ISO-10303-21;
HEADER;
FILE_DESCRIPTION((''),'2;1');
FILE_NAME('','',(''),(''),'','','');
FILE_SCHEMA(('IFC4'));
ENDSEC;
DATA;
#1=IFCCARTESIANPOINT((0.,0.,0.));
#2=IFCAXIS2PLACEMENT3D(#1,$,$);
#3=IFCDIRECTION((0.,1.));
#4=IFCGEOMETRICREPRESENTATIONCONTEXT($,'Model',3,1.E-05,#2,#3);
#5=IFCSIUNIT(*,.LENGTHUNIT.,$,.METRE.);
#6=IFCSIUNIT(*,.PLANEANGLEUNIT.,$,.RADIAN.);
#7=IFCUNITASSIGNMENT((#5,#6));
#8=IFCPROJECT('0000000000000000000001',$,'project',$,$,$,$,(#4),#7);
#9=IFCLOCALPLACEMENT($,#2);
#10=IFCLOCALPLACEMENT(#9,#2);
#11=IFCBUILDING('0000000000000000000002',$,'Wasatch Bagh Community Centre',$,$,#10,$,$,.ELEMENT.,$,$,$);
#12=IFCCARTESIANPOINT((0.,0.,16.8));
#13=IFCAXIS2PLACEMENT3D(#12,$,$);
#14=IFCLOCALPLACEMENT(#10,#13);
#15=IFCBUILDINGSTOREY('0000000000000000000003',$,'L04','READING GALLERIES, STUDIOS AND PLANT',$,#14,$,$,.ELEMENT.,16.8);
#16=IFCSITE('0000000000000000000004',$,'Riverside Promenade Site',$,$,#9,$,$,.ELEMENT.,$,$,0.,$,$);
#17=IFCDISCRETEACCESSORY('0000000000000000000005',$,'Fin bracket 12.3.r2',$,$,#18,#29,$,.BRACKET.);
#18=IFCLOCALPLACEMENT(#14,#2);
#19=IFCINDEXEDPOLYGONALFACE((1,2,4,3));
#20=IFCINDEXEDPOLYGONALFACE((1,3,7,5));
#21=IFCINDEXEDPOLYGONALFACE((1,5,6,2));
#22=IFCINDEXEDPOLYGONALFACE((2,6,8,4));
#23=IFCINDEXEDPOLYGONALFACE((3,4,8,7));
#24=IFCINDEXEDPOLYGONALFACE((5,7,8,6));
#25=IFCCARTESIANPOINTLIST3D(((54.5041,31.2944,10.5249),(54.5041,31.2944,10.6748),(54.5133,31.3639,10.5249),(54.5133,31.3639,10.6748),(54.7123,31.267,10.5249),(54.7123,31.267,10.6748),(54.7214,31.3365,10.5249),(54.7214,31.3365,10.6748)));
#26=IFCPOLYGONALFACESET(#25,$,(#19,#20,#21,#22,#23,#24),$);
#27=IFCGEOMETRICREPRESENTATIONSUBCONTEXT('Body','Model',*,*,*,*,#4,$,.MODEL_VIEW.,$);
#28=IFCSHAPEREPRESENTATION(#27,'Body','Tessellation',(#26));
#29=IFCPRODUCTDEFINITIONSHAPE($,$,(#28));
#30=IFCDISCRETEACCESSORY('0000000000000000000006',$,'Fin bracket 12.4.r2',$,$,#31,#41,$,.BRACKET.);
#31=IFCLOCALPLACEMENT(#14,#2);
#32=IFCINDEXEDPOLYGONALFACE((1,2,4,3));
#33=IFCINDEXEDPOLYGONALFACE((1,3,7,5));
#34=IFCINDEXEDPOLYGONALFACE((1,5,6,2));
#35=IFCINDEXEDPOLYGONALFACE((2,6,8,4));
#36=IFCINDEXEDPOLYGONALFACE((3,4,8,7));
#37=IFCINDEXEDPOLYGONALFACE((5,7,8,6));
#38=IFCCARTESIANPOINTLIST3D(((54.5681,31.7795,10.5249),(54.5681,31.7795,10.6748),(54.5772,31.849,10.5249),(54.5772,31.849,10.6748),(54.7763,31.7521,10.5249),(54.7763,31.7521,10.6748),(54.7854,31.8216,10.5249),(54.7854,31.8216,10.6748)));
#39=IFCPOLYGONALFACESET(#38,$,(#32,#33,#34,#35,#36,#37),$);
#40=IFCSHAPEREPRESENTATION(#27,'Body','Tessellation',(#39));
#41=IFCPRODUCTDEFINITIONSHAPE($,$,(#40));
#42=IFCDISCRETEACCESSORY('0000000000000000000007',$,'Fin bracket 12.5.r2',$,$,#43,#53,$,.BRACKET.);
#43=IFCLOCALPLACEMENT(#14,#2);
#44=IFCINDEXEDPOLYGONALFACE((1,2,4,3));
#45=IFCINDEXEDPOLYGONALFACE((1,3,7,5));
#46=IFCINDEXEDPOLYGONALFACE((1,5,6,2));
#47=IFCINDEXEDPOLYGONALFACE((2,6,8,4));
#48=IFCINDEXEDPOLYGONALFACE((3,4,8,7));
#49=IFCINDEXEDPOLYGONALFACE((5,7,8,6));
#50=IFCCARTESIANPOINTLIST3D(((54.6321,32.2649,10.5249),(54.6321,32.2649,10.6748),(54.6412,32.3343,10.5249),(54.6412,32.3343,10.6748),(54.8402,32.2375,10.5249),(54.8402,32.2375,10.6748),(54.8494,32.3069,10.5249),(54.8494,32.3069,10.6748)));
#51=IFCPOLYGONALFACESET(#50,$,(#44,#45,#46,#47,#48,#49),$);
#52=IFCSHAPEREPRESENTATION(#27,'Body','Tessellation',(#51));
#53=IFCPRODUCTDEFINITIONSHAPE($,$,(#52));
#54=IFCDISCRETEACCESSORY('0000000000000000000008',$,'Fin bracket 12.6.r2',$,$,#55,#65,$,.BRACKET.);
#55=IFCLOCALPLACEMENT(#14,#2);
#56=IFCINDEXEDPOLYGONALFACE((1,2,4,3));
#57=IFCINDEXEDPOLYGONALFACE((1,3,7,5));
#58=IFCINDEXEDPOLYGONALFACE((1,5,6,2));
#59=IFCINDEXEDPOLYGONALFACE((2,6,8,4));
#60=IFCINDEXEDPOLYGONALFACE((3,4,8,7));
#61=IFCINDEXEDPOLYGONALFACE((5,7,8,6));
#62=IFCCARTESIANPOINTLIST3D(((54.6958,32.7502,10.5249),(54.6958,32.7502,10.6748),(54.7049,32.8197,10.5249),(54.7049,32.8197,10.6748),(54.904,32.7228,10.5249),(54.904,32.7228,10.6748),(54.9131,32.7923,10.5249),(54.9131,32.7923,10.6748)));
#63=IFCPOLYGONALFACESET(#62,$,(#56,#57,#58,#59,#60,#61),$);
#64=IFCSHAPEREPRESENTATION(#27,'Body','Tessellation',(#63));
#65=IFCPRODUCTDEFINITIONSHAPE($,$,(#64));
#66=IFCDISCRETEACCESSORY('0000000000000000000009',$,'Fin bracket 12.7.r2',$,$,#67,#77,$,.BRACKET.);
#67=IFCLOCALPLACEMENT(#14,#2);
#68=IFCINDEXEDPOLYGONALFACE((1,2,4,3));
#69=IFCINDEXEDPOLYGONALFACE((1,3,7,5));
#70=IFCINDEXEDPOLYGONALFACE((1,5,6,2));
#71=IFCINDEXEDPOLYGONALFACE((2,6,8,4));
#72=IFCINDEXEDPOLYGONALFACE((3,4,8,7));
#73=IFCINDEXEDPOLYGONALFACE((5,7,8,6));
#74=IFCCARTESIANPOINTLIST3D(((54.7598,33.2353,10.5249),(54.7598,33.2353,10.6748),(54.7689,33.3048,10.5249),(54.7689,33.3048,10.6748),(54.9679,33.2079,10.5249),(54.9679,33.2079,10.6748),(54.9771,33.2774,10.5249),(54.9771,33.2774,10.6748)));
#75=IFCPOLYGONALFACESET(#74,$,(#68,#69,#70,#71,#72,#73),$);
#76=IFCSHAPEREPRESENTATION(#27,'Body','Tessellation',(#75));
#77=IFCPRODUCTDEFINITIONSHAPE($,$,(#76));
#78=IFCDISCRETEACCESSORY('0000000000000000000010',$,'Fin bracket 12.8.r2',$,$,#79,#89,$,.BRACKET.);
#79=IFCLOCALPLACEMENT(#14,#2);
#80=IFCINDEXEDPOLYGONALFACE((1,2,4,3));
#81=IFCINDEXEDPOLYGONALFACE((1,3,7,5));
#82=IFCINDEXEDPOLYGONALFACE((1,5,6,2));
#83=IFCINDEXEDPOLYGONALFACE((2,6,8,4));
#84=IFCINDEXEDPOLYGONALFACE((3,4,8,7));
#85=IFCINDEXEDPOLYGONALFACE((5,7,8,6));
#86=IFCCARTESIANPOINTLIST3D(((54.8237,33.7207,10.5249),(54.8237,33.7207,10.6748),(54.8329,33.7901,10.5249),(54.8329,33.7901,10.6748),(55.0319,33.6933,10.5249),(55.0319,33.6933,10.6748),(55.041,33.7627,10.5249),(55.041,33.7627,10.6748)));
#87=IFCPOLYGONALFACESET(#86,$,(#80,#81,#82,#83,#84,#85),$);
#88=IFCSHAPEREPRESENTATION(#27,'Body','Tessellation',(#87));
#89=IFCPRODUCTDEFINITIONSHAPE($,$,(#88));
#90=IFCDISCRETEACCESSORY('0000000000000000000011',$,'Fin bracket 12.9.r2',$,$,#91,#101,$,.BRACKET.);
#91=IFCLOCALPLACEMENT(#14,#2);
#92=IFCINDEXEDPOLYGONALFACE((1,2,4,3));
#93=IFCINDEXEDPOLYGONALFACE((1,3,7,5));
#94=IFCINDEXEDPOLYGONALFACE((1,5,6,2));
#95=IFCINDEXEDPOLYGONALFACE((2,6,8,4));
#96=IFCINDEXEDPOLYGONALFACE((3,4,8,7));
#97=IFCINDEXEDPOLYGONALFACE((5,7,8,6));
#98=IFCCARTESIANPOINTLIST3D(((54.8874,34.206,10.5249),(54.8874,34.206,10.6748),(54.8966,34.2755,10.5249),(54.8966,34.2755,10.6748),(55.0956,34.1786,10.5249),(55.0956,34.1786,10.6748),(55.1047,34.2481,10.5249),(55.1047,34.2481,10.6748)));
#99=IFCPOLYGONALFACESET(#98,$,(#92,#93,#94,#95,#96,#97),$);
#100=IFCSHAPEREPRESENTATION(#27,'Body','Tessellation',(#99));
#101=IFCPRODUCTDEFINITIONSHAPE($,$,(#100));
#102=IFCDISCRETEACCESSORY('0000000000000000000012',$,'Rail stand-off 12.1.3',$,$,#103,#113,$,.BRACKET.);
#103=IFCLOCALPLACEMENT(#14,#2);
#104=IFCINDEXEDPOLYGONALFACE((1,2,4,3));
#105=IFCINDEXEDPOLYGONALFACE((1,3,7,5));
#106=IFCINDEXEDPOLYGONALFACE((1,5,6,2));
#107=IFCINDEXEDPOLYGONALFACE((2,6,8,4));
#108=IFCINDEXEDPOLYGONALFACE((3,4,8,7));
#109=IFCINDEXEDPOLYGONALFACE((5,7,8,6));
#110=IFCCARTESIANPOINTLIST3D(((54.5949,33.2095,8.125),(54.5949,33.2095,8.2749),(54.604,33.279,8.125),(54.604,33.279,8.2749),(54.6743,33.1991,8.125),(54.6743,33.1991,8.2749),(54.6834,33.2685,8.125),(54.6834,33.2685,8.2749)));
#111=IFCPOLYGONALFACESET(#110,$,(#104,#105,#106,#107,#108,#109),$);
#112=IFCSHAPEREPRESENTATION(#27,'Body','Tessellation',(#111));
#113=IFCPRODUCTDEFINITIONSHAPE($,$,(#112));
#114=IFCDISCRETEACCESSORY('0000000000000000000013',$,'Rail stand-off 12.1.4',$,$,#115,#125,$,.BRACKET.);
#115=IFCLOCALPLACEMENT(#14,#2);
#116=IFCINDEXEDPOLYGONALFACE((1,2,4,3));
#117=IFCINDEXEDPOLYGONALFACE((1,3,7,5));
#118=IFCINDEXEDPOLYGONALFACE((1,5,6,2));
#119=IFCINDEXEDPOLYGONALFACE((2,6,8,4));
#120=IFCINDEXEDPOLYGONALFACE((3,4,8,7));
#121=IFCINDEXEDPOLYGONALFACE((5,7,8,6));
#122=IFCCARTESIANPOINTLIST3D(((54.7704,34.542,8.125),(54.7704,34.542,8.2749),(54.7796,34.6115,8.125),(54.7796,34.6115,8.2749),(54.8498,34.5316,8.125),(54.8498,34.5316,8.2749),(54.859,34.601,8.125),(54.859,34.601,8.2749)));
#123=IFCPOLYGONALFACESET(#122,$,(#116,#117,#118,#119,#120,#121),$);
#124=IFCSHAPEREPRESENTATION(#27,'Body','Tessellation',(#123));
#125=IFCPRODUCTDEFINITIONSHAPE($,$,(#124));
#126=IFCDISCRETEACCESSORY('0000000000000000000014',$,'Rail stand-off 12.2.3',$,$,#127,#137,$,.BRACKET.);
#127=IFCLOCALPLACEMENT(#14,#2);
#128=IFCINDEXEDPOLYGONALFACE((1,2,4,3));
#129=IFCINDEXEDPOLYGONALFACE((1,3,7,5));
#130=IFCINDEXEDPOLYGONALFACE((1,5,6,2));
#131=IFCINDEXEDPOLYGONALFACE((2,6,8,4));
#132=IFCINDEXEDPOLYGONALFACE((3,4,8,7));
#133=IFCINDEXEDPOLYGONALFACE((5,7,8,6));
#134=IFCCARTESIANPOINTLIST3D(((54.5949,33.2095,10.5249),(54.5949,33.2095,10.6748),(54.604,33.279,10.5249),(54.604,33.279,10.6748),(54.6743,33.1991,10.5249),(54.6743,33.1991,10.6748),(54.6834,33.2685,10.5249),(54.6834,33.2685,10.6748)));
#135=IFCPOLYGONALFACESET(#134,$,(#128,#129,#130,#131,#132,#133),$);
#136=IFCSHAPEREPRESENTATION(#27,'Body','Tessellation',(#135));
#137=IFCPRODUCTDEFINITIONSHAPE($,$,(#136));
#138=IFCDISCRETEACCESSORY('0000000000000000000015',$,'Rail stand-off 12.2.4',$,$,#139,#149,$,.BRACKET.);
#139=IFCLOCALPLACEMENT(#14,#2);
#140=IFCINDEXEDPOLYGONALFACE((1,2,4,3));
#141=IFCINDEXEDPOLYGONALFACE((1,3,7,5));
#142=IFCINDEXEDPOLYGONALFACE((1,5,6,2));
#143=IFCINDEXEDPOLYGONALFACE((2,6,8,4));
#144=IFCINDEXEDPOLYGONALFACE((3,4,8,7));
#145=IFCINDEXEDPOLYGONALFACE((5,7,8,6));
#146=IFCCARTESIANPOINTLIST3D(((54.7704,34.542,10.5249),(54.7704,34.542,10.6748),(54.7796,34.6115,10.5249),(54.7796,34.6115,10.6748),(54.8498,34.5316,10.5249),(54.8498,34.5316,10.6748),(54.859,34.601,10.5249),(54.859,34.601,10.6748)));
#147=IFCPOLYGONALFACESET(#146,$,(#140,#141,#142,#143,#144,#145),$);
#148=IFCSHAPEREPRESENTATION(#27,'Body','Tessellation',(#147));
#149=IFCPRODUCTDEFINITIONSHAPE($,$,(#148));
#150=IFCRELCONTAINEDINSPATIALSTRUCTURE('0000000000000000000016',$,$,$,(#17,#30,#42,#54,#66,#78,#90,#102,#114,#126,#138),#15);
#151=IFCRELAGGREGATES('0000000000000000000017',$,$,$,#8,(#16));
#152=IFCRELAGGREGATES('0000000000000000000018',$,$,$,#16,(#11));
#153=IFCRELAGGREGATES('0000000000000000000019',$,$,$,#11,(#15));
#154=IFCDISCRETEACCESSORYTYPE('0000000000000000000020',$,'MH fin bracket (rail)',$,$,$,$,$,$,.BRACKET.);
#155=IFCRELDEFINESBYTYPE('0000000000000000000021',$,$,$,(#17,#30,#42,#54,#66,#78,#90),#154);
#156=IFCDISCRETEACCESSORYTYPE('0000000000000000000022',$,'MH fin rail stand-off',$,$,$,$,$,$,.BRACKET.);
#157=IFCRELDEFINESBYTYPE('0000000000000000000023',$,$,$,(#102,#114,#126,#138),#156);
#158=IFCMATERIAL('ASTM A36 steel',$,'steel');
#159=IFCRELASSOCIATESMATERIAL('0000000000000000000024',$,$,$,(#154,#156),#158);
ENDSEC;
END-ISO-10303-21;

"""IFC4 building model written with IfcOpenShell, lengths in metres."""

from ifc_helpers import new_model, si_unit, direction, frame, origin, origin_2d, place, context, subcontext, project, spatial, rectangle, extrude, material, type_object, element, save


model = new_model("IFC4")

# Units and contexts
model_context = context("Model", 3, precision=1e-05, world=origin(), true_north=direction((0.0, 1.0)))
body_context = subcontext(model_context, "Body", "Model", "MODEL_VIEW")
ifc_project = project(units=[si_unit("LENGTHUNIT", "METRE"), si_unit("PLANEANGLEUNIT", "RADIAN")], contexts=[model_context])

# Site, building, storey
site_placement = place(None, origin())
site = spatial("IfcSite", under=ifc_project, at=site_placement, Name="Riverside Promenade Site", CompositionType="ELEMENT", RefElevation=0.0)
building_placement = place(site_placement, origin())
building = spatial("IfcBuilding", under=site, at=building_placement, Name="Wasatch Bagh Community Centre", CompositionType="ELEMENT")
storey_placement = place(building_placement, frame((0.0, 0.0, 16.8)))
storey = spatial("IfcBuildingStorey", under=building, at=storey_placement, Name="L04", Description="READING GALLERIES, STUDIOS AND PLANT", CompositionType="ELEMENT", Elevation=16.8)

# Discrete accessories
ifc_material_1 = material(Name="ASTM A36 steel", Category="steel")
discrete_accessory_type_1 = type_object("IfcDiscreteAccessoryType", Name="MH fin bracket (rail)", PredefinedType="BRACKET", material=ifc_material_1)
for number, where, z_axis, x_axis, name in (
    (1, (54.6128, 31.3154, 10.5249), (0.0, 0.0, 1.0), (0.130526, 0.991445, 0.0), "Fin bracket 12.3.r2"),
    (2, (54.6768, 31.8005, 10.5249), (0.0, 0.0, 1.0), (0.130526, 0.991445, 0.0), "Fin bracket 12.4.r2"),
    (3, (54.7407, 32.2859, 10.5249), (0.0, 0.0, 1.0), (0.130526, 0.991445, 0.0), "Fin bracket 12.5.r2"),
    (4, (54.8044, 32.7712, 10.5249), (0.0, 0.0, 1.0), (0.130526, 0.991445, 0.0), "Fin bracket 12.6.r2"),
    (5, (54.8684, 33.2563, 10.5249), (0.0, 0.0, 1.0), (0.130526, 0.991445, 0.0), "Fin bracket 12.7.r2"),
    (6, (54.9324, 33.7417, 10.5249), (0.0, 0.0, 1.0), (0.130526, 0.991445, 0.0), "Fin bracket 12.8.r2"),
    (7, (54.9961, 34.2271, 10.5249), (0.0, 0.0, 1.0), (0.130526, 0.991445, 0.0), "Fin bracket 12.9.r2"),
):
    element("IfcDiscreteAccessory", number, at=place(storey_placement, frame(where, z_axis=z_axis, x_axis=x_axis)), inside=storey, type_object=discrete_accessory_type_1, Name=name, PredefinedType="BRACKET", context=body_context, shape_type="SweptSolid", body=[
        extrude(rectangle(XDim=0.0701, YDim=0.21, at=origin_2d()), origin(), (0.0, 0.0, 1.0), 0.1499),
    ])
discrete_accessory_type_2 = type_object("IfcDiscreteAccessoryType", Name="MH fin rail stand-off", PredefinedType="BRACKET", material=ifc_material_1)
for number, where, z_axis, x_axis, name in (
    (8, (54.6392, 33.239, 8.125), (0.0, 0.0, 1.0), (0.130526, 0.991445, 0.0), "Rail stand-off 12.1.3"),
    (9, (54.8147, 34.5715, 8.125), (0.0, 0.0, 1.0), (0.130526, 0.991445, 0.0), "Rail stand-off 12.1.4"),
    (10, (54.6392, 33.239, 10.5249), (0.0, 0.0, 1.0), (0.130526, 0.991445, 0.0), "Rail stand-off 12.2.3"),
    (11, (54.8147, 34.5715, 10.5249), (0.0, 0.0, 1.0), (0.130526, 0.991445, 0.0), "Rail stand-off 12.2.4"),
):
    element("IfcDiscreteAccessory", number, at=place(storey_placement, frame(where, z_axis=z_axis, x_axis=x_axis)), inside=storey, type_object=discrete_accessory_type_2, Name=name, PredefinedType="BRACKET", context=body_context, shape_type="SweptSolid", body=[
        extrude(rectangle(XDim=0.0701, YDim=0.0801, at=origin_2d()), origin(), (0.0, 0.0, 1.0), 0.1499),
    ])

save(model, "model.ifc")
